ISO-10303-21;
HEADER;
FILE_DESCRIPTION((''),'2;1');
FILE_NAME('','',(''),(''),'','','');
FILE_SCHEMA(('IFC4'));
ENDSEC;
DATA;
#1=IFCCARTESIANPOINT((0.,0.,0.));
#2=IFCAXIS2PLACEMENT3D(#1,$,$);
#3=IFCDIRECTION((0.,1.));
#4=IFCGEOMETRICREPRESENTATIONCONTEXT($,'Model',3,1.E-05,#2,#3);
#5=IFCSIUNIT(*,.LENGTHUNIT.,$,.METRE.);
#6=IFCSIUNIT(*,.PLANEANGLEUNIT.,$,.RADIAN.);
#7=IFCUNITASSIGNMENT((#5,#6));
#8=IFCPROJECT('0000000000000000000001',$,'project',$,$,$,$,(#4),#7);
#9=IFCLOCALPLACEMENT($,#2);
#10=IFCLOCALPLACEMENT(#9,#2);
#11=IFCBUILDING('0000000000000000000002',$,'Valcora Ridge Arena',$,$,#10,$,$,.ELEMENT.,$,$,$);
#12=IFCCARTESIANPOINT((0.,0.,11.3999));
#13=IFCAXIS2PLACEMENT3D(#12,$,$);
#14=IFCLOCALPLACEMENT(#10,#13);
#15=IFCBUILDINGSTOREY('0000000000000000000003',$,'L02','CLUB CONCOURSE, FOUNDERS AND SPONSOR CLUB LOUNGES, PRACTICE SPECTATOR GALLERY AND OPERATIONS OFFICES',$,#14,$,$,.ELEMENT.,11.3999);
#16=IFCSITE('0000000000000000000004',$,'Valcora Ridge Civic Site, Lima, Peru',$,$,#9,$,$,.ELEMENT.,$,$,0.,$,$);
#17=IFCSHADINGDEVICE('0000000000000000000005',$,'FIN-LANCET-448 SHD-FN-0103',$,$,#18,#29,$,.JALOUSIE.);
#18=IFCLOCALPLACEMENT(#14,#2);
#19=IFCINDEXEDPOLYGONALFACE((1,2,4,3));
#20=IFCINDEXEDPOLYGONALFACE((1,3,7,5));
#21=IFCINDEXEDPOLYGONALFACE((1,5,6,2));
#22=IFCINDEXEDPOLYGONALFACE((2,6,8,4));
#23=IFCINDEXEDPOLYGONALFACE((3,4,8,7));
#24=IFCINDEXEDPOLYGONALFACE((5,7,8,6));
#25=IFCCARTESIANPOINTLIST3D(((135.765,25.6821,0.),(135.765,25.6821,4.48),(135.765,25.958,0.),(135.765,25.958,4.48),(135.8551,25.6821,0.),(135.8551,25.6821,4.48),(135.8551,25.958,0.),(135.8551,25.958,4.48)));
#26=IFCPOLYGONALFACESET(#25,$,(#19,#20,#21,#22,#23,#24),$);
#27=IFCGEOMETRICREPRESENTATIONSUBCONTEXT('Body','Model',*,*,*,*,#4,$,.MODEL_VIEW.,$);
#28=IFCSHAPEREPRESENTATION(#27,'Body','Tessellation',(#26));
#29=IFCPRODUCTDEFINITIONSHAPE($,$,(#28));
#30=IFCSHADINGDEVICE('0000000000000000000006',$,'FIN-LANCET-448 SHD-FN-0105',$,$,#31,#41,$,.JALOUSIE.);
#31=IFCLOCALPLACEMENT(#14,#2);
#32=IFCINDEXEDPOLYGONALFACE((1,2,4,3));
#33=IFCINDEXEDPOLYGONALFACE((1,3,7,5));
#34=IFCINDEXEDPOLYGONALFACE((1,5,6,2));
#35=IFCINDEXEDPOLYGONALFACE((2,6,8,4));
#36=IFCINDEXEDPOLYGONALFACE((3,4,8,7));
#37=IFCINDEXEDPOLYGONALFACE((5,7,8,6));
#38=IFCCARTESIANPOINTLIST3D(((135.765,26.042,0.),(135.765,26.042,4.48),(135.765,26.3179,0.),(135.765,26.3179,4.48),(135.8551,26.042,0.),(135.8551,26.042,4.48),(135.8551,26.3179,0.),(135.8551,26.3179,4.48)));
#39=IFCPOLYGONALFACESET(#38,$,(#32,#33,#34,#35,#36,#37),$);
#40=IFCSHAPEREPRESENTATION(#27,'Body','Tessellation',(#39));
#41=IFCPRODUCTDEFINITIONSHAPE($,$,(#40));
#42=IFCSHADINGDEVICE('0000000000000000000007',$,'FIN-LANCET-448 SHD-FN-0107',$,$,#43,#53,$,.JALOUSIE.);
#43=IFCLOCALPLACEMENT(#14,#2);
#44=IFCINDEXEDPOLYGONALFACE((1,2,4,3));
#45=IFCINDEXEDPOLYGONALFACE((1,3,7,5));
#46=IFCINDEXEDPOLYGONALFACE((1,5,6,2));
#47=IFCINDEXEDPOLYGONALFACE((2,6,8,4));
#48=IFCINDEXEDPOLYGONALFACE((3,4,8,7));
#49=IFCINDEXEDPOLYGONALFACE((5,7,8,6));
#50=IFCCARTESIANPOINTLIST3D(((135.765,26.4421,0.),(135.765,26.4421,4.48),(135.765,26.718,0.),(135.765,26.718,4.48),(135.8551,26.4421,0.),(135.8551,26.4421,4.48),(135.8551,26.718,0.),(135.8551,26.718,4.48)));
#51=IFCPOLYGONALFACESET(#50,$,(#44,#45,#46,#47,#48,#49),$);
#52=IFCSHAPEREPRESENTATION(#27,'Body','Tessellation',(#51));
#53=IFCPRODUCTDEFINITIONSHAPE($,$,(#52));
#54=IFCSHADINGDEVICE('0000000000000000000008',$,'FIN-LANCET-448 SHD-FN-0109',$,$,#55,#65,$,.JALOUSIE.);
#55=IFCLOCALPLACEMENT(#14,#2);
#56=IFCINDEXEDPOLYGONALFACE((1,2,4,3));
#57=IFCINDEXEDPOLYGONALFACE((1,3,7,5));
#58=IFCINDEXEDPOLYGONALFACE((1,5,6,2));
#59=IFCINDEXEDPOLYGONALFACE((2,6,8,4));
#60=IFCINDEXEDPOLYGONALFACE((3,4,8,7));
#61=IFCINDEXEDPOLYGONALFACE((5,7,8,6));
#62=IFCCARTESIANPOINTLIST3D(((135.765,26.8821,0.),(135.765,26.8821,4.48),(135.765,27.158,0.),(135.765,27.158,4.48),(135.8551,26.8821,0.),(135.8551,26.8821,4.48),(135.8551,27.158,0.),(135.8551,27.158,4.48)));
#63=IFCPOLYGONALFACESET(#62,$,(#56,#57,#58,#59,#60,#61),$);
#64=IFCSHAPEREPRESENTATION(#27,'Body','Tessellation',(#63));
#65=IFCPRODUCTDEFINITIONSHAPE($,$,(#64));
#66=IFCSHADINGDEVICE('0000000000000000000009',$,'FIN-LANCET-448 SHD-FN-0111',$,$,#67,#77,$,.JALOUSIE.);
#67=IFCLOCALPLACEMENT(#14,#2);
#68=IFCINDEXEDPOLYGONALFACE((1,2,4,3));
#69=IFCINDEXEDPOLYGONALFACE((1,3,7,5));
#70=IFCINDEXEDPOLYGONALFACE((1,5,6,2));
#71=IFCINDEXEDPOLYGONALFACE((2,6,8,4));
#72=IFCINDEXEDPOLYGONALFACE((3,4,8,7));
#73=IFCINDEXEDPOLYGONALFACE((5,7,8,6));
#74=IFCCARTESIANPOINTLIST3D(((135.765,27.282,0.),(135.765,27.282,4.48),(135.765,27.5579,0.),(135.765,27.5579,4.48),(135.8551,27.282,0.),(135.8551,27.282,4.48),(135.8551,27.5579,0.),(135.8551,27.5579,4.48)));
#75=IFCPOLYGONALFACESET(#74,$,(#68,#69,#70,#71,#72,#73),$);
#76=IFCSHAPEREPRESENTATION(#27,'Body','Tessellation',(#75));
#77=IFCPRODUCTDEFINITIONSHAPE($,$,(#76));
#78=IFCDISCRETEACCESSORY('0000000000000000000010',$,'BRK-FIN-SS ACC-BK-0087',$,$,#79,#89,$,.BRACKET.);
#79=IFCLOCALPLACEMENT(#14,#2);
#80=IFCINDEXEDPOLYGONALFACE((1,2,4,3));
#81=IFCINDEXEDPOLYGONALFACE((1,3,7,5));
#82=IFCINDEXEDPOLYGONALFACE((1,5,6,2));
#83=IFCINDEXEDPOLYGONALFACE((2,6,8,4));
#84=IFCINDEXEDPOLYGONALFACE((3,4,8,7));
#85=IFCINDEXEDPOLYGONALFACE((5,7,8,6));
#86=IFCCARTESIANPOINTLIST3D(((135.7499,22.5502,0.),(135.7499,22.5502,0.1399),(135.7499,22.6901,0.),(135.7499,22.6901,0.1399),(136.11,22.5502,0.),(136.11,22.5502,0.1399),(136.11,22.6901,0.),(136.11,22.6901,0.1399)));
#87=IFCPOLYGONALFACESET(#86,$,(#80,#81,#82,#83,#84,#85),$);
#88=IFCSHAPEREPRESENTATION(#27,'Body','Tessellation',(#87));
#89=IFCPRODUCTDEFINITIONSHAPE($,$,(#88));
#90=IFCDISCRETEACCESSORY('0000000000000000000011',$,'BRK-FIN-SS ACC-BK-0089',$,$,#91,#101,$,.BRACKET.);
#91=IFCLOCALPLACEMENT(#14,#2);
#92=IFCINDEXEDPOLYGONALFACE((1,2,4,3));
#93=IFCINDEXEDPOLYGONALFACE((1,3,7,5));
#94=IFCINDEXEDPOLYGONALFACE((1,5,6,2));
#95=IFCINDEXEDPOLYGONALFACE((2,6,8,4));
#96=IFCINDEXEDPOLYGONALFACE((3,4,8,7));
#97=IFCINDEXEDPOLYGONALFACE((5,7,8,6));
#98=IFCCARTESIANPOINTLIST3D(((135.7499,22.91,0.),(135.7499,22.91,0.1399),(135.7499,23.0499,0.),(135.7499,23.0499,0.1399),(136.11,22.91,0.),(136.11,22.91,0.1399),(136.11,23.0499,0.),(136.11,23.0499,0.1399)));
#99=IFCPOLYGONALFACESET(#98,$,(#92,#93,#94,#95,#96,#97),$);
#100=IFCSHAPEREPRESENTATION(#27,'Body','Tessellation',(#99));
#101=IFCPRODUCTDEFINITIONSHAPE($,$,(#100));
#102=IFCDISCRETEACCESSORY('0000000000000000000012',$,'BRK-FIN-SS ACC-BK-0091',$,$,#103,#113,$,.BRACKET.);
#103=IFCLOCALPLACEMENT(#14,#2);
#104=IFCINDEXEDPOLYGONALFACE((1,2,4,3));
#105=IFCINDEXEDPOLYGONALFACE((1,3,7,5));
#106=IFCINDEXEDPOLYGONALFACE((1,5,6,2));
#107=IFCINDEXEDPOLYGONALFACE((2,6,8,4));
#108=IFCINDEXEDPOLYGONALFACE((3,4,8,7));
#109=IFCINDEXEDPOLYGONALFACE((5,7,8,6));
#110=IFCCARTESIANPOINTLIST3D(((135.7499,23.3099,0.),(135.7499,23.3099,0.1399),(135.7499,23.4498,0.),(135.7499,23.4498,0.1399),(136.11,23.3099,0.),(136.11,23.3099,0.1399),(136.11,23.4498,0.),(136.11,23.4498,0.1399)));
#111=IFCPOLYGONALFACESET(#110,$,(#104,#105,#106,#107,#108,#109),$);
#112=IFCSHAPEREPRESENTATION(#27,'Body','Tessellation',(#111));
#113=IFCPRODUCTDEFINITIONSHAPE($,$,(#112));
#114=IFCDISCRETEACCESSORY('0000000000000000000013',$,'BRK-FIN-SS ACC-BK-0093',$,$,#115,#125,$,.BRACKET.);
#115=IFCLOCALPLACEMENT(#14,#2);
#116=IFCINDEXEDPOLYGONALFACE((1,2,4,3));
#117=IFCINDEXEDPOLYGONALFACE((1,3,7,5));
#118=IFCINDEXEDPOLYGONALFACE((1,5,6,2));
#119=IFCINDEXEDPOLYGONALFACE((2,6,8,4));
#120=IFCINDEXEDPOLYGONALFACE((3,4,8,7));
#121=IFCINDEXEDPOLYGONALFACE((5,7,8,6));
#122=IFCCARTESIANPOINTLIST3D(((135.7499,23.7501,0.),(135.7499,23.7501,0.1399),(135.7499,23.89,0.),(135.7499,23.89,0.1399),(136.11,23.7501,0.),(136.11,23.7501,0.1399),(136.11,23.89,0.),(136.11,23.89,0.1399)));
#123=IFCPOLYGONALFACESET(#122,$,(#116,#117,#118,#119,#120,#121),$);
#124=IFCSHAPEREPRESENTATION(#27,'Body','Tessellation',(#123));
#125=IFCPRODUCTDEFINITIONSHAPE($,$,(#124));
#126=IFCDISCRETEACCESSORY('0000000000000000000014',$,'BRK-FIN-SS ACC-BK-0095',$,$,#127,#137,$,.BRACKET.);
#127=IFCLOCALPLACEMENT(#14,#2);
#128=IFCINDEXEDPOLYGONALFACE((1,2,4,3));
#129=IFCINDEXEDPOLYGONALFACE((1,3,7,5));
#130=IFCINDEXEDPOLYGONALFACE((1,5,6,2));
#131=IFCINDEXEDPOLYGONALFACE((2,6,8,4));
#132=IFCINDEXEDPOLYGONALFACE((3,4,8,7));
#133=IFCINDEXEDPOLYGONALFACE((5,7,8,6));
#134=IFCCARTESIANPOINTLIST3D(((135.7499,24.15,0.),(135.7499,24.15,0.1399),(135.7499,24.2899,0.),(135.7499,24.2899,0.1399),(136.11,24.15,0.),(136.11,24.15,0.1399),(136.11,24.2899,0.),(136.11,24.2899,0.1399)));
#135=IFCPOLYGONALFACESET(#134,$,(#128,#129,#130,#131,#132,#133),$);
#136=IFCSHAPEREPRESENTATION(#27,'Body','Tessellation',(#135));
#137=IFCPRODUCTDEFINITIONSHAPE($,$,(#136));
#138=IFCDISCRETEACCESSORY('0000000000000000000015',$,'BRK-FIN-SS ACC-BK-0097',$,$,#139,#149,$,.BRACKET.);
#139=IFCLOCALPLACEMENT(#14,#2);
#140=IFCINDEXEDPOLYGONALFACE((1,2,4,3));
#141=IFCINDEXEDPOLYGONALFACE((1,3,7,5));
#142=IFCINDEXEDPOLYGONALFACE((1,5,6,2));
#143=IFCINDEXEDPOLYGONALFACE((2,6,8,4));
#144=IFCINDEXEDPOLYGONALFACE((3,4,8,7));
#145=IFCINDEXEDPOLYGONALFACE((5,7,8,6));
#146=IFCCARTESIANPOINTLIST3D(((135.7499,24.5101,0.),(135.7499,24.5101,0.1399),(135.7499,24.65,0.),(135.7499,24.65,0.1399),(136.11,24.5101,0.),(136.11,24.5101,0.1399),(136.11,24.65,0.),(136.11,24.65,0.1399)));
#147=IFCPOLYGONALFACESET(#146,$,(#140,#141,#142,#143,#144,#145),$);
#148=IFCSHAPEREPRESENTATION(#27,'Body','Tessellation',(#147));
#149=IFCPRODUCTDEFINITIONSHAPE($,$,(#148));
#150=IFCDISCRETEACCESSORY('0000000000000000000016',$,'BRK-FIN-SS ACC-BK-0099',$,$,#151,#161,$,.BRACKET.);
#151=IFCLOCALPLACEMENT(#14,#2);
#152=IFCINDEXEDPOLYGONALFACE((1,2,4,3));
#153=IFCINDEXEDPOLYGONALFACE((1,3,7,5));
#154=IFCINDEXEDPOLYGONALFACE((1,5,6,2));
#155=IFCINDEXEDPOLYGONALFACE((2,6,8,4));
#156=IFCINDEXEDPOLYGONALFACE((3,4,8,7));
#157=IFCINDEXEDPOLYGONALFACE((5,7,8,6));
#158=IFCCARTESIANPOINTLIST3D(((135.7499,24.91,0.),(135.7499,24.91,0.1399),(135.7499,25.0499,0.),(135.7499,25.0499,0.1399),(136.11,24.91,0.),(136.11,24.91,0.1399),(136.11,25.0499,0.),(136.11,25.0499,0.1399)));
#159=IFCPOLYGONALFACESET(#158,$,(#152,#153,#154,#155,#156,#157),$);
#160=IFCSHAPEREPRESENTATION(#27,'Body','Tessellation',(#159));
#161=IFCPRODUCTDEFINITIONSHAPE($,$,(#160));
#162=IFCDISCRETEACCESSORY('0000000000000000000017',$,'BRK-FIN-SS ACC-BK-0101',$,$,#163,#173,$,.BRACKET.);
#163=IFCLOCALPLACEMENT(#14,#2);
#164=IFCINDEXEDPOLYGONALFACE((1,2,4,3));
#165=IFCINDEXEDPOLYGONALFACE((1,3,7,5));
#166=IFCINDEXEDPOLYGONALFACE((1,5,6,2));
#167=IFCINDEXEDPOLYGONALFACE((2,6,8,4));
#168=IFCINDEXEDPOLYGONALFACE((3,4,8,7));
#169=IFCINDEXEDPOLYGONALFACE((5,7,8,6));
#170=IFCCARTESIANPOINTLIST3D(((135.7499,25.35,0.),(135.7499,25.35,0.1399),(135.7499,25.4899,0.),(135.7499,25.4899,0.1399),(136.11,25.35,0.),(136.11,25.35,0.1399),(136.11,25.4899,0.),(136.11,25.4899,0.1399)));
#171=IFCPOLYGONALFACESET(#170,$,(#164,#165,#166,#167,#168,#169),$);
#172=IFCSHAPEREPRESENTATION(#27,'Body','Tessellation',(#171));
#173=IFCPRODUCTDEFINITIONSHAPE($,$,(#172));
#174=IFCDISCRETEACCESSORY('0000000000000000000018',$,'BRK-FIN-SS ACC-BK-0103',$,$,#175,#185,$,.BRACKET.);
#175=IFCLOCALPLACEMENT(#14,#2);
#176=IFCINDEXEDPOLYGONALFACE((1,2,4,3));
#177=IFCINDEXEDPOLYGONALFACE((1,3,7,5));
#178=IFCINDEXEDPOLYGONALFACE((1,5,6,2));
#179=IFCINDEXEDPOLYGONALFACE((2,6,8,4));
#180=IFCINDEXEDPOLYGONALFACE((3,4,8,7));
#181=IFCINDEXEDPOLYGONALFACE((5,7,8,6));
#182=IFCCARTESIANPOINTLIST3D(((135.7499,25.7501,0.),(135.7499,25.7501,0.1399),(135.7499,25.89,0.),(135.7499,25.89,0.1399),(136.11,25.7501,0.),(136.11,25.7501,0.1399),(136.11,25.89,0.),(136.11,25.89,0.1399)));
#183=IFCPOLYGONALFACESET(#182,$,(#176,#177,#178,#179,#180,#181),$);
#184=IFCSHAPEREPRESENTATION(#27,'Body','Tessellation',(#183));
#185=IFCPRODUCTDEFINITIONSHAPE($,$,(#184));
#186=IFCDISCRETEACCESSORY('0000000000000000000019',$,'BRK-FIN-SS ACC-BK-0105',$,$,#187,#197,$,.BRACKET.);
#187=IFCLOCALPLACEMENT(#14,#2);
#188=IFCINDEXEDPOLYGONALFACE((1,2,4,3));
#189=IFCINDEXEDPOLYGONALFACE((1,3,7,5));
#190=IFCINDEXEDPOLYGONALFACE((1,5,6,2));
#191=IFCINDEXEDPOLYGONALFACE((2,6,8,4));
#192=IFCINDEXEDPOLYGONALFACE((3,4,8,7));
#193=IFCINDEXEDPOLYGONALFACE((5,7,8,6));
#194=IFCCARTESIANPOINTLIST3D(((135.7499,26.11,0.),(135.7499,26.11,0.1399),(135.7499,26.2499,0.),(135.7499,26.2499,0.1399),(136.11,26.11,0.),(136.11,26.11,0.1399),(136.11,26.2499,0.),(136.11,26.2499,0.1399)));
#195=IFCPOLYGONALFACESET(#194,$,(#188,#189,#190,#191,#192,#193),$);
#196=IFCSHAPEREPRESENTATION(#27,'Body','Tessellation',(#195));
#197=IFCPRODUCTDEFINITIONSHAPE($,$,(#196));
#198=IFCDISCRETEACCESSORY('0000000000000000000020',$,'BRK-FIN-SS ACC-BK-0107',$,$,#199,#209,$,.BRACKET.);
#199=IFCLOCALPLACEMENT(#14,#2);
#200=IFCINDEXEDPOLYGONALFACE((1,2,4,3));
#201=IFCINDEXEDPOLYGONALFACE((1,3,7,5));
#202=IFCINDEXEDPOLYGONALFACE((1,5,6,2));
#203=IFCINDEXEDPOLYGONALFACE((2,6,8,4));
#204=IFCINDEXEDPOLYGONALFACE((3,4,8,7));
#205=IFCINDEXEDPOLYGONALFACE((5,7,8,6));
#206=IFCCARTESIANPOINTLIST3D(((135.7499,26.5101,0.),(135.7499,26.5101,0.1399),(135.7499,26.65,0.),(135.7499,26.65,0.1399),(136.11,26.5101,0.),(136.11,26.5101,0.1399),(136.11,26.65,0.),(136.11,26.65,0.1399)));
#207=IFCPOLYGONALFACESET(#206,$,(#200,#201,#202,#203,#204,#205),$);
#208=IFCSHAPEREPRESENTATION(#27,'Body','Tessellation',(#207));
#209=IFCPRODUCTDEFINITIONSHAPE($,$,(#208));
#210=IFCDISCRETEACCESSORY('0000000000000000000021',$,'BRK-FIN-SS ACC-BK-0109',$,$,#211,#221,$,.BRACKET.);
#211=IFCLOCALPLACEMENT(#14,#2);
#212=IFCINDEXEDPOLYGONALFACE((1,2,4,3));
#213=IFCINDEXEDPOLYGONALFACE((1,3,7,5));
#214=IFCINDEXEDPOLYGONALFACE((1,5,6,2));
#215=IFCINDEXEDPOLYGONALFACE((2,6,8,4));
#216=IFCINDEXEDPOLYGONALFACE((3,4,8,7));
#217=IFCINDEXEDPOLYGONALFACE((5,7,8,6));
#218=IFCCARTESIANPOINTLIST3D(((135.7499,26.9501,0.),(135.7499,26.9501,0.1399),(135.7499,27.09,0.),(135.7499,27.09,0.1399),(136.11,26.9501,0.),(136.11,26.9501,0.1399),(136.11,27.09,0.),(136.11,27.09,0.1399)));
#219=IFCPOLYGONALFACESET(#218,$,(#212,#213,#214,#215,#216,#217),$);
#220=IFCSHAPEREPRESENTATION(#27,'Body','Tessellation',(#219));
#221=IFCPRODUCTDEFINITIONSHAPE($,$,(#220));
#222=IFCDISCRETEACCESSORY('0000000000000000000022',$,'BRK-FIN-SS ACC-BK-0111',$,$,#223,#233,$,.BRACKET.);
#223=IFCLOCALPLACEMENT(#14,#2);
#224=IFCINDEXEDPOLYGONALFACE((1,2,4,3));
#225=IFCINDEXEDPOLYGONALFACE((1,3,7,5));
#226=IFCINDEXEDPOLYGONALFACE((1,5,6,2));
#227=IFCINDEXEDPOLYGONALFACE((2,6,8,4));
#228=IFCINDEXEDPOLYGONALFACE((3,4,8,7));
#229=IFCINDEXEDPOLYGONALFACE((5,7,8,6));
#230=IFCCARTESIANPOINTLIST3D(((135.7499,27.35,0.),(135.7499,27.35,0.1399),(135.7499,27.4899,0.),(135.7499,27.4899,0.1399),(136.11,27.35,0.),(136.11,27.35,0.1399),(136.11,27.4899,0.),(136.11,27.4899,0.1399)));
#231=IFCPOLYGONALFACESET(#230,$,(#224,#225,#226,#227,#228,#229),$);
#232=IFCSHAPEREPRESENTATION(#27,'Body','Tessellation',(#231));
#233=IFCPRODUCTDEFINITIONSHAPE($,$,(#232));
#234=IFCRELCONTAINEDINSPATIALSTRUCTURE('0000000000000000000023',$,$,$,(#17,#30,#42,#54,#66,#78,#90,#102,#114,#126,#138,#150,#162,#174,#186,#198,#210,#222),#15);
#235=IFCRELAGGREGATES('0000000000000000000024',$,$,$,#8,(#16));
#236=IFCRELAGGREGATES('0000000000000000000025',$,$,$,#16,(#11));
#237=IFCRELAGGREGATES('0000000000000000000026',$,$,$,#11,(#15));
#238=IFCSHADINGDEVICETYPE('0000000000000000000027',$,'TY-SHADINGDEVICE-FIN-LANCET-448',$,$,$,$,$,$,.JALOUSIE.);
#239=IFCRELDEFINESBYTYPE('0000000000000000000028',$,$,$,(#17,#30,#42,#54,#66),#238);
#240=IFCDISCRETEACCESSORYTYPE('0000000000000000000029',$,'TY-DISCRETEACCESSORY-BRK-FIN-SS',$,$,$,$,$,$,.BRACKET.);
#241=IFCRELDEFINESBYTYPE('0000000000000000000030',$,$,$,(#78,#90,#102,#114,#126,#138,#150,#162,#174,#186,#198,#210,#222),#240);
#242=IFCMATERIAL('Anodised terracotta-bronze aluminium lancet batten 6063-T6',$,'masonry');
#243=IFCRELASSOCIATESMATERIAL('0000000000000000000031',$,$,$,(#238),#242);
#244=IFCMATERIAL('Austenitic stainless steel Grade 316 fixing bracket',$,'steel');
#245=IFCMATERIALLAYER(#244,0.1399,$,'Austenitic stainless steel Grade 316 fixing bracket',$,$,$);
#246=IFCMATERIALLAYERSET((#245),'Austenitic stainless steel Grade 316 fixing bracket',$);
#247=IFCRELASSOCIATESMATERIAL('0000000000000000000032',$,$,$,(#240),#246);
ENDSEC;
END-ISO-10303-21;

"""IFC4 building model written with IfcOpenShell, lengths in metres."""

from ifc_helpers import new_model, si_unit, direction, frame, origin, origin_2d, place, context, subcontext, project, spatial, rectangle, extrude, material, layer, layer_set, material_profile, profile_set, type_object, element, save


model = new_model("IFC4")

# Units and contexts
model_context = context("Model", 3, precision=1e-05, world=origin(), true_north=direction((0.0, 1.0)))
body_context = subcontext(model_context, "Body", "Model", "MODEL_VIEW")
ifc_project = project(units=[si_unit("LENGTHUNIT", "METRE"), si_unit("PLANEANGLEUNIT", "RADIAN")], contexts=[model_context])

# Site, building, storey
site_placement = place(None, origin())
site = spatial("IfcSite", under=ifc_project, at=site_placement, Name="Valcora Ridge Civic Site, Lima, Peru", CompositionType="ELEMENT", RefElevation=0.0)
building_placement = place(site_placement, origin())
building = spatial("IfcBuilding", under=site, at=building_placement, Name="Valcora Ridge Arena", CompositionType="ELEMENT")
storey_placement = place(building_placement, frame((0.0, 0.0, 11.3999)))
storey = spatial("IfcBuildingStorey", under=building, at=storey_placement, Name="L02", Description="CLUB CONCOURSE, FOUNDERS AND SPONSOR CLUB LOUNGES, PRACTICE SPECTATOR GALLERY AND OPERATIONS OFFICES", CompositionType="ELEMENT", Elevation=11.3999)

# Shared definitions
ifc_material_1 = material(Name="Anodised terracotta-bronze aluminium lancet batten 6063-T6", Category="masonry")

# Shading devices
ifc_material_profile = material_profile(ifc_material_1, rectangle(XDim=0.0901, YDim=0.2759, at=origin_2d()), Name="ALU LANCET BATTEN 90x276")
ifc_profile_set = profile_set([ifc_material_profile], Name="Anodised terracotta-bronze aluminium lancet batten 6063-T6")
shading_device_type = type_object("IfcShadingDeviceType", Name="TY-SHADINGDEVICE-FIN-LANCET-448", PredefinedType="JALOUSIE", material=ifc_profile_set)
for number, where, z_axis, x_axis, name in (
    (1, (135.8101, 25.8201, 0.0), (0.0, 0.0, 1.0), (1.0, 0.0, 0.0), "FIN-LANCET-448 SHD-FN-0103"),
    (2, (135.8101, 26.1799, 0.0), (0.0, 0.0, 1.0), (1.0, 0.0, 0.0), "FIN-LANCET-448 SHD-FN-0105"),
    (3, (135.8101, 26.5801, 0.0), (0.0, 0.0, 1.0), (1.0, 0.0, 0.0), "FIN-LANCET-448 SHD-FN-0107"),
    (4, (135.8101, 27.02, 0.0), (0.0, 0.0, 1.0), (1.0, 0.0, 0.0), "FIN-LANCET-448 SHD-FN-0109"),
    (5, (135.8101, 27.4199, 0.0), (0.0, 0.0, 1.0), (1.0, 0.0, 0.0), "FIN-LANCET-448 SHD-FN-0111"),
):
    element("IfcShadingDevice", number, at=place(storey_placement, frame(where, z_axis=z_axis, x_axis=x_axis)), inside=storey, type_object=shading_device_type, Name=name, PredefinedType="JALOUSIE", context=body_context, shape_type="SweptSolid", body=[
        extrude(rectangle(XDim=0.0901, YDim=0.2759, at=origin_2d()), origin(), (0.0, 0.0, 1.0), 4.48),
    ])

# Discrete accessories
ifc_material_2 = material(Name="Austenitic stainless steel Grade 316 fixing bracket", Category="steel")
ifc_layer_1 = layer(ifc_material_2, 0.1399, Name="Austenitic stainless steel Grade 316 fixing bracket")
ifc_layer_set_1 = layer_set([ifc_layer_1], Name="Austenitic stainless steel Grade 316 fixing bracket")
discrete_accessory_type = type_object("IfcDiscreteAccessoryType", Name="TY-DISCRETEACCESSORY-BRK-FIN-SS", PredefinedType="BRACKET", material=ifc_layer_set_1)
for number, where, z_axis, x_axis, name in (
    (6, (135.9299, 22.6201, 0.0), (0.0, 0.0, 1.0), (1.0, 0.0, 0.0), "BRK-FIN-SS ACC-BK-0087"),
    (7, (135.9299, 22.98, 0.0), (0.0, 0.0, 1.0), (1.0, 0.0, 0.0), "BRK-FIN-SS ACC-BK-0089"),
    (8, (135.9299, 23.3799, 0.0), (0.0, 0.0, 1.0), (1.0, 0.0, 0.0), "BRK-FIN-SS ACC-BK-0091"),
    (9, (135.9299, 23.8201, 0.0), (0.0, 0.0, 1.0), (1.0, 0.0, 0.0), "BRK-FIN-SS ACC-BK-0093"),
    (10, (135.9299, 24.22, 0.0), (0.0, 0.0, 1.0), (1.0, 0.0, 0.0), "BRK-FIN-SS ACC-BK-0095"),
    (11, (135.9299, 24.5801, 0.0), (0.0, 0.0, 1.0), (1.0, 0.0, 0.0), "BRK-FIN-SS ACC-BK-0097"),
    (12, (135.9299, 24.98, 0.0), (0.0, 0.0, 1.0), (1.0, 0.0, 0.0), "BRK-FIN-SS ACC-BK-0099"),
    (13, (135.9299, 25.4199, 0.0), (0.0, 0.0, 1.0), (1.0, 0.0, 0.0), "BRK-FIN-SS ACC-BK-0101"),
    (14, (135.9299, 25.8201, 0.0), (0.0, 0.0, 1.0), (1.0, 0.0, 0.0), "BRK-FIN-SS ACC-BK-0103"),
    (15, (135.9299, 26.1799, 0.0), (0.0, 0.0, 1.0), (1.0, 0.0, 0.0), "BRK-FIN-SS ACC-BK-0105"),
    (16, (135.9299, 26.5801, 0.0), (0.0, 0.0, 1.0), (1.0, 0.0, 0.0), "BRK-FIN-SS ACC-BK-0107"),
    (17, (135.9299, 27.02, 0.0), (0.0, 0.0, 1.0), (1.0, 0.0, 0.0), "BRK-FIN-SS ACC-BK-0109"),
    (18, (135.9299, 27.4199, 0.0), (0.0, 0.0, 1.0), (1.0, 0.0, 0.0), "BRK-FIN-SS ACC-BK-0111"),
):
    element("IfcDiscreteAccessory", number, at=place(storey_placement, frame(where, z_axis=z_axis, x_axis=x_axis)), inside=storey, type_object=discrete_accessory_type, Name=name, PredefinedType="BRACKET", context=body_context, shape_type="SweptSolid", body=[
        extrude(rectangle(XDim=0.3601, YDim=0.1399, at=origin_2d()), origin(), (0.0, 0.0, 1.0), 0.1399),
    ])

save(model, "model.ifc")
